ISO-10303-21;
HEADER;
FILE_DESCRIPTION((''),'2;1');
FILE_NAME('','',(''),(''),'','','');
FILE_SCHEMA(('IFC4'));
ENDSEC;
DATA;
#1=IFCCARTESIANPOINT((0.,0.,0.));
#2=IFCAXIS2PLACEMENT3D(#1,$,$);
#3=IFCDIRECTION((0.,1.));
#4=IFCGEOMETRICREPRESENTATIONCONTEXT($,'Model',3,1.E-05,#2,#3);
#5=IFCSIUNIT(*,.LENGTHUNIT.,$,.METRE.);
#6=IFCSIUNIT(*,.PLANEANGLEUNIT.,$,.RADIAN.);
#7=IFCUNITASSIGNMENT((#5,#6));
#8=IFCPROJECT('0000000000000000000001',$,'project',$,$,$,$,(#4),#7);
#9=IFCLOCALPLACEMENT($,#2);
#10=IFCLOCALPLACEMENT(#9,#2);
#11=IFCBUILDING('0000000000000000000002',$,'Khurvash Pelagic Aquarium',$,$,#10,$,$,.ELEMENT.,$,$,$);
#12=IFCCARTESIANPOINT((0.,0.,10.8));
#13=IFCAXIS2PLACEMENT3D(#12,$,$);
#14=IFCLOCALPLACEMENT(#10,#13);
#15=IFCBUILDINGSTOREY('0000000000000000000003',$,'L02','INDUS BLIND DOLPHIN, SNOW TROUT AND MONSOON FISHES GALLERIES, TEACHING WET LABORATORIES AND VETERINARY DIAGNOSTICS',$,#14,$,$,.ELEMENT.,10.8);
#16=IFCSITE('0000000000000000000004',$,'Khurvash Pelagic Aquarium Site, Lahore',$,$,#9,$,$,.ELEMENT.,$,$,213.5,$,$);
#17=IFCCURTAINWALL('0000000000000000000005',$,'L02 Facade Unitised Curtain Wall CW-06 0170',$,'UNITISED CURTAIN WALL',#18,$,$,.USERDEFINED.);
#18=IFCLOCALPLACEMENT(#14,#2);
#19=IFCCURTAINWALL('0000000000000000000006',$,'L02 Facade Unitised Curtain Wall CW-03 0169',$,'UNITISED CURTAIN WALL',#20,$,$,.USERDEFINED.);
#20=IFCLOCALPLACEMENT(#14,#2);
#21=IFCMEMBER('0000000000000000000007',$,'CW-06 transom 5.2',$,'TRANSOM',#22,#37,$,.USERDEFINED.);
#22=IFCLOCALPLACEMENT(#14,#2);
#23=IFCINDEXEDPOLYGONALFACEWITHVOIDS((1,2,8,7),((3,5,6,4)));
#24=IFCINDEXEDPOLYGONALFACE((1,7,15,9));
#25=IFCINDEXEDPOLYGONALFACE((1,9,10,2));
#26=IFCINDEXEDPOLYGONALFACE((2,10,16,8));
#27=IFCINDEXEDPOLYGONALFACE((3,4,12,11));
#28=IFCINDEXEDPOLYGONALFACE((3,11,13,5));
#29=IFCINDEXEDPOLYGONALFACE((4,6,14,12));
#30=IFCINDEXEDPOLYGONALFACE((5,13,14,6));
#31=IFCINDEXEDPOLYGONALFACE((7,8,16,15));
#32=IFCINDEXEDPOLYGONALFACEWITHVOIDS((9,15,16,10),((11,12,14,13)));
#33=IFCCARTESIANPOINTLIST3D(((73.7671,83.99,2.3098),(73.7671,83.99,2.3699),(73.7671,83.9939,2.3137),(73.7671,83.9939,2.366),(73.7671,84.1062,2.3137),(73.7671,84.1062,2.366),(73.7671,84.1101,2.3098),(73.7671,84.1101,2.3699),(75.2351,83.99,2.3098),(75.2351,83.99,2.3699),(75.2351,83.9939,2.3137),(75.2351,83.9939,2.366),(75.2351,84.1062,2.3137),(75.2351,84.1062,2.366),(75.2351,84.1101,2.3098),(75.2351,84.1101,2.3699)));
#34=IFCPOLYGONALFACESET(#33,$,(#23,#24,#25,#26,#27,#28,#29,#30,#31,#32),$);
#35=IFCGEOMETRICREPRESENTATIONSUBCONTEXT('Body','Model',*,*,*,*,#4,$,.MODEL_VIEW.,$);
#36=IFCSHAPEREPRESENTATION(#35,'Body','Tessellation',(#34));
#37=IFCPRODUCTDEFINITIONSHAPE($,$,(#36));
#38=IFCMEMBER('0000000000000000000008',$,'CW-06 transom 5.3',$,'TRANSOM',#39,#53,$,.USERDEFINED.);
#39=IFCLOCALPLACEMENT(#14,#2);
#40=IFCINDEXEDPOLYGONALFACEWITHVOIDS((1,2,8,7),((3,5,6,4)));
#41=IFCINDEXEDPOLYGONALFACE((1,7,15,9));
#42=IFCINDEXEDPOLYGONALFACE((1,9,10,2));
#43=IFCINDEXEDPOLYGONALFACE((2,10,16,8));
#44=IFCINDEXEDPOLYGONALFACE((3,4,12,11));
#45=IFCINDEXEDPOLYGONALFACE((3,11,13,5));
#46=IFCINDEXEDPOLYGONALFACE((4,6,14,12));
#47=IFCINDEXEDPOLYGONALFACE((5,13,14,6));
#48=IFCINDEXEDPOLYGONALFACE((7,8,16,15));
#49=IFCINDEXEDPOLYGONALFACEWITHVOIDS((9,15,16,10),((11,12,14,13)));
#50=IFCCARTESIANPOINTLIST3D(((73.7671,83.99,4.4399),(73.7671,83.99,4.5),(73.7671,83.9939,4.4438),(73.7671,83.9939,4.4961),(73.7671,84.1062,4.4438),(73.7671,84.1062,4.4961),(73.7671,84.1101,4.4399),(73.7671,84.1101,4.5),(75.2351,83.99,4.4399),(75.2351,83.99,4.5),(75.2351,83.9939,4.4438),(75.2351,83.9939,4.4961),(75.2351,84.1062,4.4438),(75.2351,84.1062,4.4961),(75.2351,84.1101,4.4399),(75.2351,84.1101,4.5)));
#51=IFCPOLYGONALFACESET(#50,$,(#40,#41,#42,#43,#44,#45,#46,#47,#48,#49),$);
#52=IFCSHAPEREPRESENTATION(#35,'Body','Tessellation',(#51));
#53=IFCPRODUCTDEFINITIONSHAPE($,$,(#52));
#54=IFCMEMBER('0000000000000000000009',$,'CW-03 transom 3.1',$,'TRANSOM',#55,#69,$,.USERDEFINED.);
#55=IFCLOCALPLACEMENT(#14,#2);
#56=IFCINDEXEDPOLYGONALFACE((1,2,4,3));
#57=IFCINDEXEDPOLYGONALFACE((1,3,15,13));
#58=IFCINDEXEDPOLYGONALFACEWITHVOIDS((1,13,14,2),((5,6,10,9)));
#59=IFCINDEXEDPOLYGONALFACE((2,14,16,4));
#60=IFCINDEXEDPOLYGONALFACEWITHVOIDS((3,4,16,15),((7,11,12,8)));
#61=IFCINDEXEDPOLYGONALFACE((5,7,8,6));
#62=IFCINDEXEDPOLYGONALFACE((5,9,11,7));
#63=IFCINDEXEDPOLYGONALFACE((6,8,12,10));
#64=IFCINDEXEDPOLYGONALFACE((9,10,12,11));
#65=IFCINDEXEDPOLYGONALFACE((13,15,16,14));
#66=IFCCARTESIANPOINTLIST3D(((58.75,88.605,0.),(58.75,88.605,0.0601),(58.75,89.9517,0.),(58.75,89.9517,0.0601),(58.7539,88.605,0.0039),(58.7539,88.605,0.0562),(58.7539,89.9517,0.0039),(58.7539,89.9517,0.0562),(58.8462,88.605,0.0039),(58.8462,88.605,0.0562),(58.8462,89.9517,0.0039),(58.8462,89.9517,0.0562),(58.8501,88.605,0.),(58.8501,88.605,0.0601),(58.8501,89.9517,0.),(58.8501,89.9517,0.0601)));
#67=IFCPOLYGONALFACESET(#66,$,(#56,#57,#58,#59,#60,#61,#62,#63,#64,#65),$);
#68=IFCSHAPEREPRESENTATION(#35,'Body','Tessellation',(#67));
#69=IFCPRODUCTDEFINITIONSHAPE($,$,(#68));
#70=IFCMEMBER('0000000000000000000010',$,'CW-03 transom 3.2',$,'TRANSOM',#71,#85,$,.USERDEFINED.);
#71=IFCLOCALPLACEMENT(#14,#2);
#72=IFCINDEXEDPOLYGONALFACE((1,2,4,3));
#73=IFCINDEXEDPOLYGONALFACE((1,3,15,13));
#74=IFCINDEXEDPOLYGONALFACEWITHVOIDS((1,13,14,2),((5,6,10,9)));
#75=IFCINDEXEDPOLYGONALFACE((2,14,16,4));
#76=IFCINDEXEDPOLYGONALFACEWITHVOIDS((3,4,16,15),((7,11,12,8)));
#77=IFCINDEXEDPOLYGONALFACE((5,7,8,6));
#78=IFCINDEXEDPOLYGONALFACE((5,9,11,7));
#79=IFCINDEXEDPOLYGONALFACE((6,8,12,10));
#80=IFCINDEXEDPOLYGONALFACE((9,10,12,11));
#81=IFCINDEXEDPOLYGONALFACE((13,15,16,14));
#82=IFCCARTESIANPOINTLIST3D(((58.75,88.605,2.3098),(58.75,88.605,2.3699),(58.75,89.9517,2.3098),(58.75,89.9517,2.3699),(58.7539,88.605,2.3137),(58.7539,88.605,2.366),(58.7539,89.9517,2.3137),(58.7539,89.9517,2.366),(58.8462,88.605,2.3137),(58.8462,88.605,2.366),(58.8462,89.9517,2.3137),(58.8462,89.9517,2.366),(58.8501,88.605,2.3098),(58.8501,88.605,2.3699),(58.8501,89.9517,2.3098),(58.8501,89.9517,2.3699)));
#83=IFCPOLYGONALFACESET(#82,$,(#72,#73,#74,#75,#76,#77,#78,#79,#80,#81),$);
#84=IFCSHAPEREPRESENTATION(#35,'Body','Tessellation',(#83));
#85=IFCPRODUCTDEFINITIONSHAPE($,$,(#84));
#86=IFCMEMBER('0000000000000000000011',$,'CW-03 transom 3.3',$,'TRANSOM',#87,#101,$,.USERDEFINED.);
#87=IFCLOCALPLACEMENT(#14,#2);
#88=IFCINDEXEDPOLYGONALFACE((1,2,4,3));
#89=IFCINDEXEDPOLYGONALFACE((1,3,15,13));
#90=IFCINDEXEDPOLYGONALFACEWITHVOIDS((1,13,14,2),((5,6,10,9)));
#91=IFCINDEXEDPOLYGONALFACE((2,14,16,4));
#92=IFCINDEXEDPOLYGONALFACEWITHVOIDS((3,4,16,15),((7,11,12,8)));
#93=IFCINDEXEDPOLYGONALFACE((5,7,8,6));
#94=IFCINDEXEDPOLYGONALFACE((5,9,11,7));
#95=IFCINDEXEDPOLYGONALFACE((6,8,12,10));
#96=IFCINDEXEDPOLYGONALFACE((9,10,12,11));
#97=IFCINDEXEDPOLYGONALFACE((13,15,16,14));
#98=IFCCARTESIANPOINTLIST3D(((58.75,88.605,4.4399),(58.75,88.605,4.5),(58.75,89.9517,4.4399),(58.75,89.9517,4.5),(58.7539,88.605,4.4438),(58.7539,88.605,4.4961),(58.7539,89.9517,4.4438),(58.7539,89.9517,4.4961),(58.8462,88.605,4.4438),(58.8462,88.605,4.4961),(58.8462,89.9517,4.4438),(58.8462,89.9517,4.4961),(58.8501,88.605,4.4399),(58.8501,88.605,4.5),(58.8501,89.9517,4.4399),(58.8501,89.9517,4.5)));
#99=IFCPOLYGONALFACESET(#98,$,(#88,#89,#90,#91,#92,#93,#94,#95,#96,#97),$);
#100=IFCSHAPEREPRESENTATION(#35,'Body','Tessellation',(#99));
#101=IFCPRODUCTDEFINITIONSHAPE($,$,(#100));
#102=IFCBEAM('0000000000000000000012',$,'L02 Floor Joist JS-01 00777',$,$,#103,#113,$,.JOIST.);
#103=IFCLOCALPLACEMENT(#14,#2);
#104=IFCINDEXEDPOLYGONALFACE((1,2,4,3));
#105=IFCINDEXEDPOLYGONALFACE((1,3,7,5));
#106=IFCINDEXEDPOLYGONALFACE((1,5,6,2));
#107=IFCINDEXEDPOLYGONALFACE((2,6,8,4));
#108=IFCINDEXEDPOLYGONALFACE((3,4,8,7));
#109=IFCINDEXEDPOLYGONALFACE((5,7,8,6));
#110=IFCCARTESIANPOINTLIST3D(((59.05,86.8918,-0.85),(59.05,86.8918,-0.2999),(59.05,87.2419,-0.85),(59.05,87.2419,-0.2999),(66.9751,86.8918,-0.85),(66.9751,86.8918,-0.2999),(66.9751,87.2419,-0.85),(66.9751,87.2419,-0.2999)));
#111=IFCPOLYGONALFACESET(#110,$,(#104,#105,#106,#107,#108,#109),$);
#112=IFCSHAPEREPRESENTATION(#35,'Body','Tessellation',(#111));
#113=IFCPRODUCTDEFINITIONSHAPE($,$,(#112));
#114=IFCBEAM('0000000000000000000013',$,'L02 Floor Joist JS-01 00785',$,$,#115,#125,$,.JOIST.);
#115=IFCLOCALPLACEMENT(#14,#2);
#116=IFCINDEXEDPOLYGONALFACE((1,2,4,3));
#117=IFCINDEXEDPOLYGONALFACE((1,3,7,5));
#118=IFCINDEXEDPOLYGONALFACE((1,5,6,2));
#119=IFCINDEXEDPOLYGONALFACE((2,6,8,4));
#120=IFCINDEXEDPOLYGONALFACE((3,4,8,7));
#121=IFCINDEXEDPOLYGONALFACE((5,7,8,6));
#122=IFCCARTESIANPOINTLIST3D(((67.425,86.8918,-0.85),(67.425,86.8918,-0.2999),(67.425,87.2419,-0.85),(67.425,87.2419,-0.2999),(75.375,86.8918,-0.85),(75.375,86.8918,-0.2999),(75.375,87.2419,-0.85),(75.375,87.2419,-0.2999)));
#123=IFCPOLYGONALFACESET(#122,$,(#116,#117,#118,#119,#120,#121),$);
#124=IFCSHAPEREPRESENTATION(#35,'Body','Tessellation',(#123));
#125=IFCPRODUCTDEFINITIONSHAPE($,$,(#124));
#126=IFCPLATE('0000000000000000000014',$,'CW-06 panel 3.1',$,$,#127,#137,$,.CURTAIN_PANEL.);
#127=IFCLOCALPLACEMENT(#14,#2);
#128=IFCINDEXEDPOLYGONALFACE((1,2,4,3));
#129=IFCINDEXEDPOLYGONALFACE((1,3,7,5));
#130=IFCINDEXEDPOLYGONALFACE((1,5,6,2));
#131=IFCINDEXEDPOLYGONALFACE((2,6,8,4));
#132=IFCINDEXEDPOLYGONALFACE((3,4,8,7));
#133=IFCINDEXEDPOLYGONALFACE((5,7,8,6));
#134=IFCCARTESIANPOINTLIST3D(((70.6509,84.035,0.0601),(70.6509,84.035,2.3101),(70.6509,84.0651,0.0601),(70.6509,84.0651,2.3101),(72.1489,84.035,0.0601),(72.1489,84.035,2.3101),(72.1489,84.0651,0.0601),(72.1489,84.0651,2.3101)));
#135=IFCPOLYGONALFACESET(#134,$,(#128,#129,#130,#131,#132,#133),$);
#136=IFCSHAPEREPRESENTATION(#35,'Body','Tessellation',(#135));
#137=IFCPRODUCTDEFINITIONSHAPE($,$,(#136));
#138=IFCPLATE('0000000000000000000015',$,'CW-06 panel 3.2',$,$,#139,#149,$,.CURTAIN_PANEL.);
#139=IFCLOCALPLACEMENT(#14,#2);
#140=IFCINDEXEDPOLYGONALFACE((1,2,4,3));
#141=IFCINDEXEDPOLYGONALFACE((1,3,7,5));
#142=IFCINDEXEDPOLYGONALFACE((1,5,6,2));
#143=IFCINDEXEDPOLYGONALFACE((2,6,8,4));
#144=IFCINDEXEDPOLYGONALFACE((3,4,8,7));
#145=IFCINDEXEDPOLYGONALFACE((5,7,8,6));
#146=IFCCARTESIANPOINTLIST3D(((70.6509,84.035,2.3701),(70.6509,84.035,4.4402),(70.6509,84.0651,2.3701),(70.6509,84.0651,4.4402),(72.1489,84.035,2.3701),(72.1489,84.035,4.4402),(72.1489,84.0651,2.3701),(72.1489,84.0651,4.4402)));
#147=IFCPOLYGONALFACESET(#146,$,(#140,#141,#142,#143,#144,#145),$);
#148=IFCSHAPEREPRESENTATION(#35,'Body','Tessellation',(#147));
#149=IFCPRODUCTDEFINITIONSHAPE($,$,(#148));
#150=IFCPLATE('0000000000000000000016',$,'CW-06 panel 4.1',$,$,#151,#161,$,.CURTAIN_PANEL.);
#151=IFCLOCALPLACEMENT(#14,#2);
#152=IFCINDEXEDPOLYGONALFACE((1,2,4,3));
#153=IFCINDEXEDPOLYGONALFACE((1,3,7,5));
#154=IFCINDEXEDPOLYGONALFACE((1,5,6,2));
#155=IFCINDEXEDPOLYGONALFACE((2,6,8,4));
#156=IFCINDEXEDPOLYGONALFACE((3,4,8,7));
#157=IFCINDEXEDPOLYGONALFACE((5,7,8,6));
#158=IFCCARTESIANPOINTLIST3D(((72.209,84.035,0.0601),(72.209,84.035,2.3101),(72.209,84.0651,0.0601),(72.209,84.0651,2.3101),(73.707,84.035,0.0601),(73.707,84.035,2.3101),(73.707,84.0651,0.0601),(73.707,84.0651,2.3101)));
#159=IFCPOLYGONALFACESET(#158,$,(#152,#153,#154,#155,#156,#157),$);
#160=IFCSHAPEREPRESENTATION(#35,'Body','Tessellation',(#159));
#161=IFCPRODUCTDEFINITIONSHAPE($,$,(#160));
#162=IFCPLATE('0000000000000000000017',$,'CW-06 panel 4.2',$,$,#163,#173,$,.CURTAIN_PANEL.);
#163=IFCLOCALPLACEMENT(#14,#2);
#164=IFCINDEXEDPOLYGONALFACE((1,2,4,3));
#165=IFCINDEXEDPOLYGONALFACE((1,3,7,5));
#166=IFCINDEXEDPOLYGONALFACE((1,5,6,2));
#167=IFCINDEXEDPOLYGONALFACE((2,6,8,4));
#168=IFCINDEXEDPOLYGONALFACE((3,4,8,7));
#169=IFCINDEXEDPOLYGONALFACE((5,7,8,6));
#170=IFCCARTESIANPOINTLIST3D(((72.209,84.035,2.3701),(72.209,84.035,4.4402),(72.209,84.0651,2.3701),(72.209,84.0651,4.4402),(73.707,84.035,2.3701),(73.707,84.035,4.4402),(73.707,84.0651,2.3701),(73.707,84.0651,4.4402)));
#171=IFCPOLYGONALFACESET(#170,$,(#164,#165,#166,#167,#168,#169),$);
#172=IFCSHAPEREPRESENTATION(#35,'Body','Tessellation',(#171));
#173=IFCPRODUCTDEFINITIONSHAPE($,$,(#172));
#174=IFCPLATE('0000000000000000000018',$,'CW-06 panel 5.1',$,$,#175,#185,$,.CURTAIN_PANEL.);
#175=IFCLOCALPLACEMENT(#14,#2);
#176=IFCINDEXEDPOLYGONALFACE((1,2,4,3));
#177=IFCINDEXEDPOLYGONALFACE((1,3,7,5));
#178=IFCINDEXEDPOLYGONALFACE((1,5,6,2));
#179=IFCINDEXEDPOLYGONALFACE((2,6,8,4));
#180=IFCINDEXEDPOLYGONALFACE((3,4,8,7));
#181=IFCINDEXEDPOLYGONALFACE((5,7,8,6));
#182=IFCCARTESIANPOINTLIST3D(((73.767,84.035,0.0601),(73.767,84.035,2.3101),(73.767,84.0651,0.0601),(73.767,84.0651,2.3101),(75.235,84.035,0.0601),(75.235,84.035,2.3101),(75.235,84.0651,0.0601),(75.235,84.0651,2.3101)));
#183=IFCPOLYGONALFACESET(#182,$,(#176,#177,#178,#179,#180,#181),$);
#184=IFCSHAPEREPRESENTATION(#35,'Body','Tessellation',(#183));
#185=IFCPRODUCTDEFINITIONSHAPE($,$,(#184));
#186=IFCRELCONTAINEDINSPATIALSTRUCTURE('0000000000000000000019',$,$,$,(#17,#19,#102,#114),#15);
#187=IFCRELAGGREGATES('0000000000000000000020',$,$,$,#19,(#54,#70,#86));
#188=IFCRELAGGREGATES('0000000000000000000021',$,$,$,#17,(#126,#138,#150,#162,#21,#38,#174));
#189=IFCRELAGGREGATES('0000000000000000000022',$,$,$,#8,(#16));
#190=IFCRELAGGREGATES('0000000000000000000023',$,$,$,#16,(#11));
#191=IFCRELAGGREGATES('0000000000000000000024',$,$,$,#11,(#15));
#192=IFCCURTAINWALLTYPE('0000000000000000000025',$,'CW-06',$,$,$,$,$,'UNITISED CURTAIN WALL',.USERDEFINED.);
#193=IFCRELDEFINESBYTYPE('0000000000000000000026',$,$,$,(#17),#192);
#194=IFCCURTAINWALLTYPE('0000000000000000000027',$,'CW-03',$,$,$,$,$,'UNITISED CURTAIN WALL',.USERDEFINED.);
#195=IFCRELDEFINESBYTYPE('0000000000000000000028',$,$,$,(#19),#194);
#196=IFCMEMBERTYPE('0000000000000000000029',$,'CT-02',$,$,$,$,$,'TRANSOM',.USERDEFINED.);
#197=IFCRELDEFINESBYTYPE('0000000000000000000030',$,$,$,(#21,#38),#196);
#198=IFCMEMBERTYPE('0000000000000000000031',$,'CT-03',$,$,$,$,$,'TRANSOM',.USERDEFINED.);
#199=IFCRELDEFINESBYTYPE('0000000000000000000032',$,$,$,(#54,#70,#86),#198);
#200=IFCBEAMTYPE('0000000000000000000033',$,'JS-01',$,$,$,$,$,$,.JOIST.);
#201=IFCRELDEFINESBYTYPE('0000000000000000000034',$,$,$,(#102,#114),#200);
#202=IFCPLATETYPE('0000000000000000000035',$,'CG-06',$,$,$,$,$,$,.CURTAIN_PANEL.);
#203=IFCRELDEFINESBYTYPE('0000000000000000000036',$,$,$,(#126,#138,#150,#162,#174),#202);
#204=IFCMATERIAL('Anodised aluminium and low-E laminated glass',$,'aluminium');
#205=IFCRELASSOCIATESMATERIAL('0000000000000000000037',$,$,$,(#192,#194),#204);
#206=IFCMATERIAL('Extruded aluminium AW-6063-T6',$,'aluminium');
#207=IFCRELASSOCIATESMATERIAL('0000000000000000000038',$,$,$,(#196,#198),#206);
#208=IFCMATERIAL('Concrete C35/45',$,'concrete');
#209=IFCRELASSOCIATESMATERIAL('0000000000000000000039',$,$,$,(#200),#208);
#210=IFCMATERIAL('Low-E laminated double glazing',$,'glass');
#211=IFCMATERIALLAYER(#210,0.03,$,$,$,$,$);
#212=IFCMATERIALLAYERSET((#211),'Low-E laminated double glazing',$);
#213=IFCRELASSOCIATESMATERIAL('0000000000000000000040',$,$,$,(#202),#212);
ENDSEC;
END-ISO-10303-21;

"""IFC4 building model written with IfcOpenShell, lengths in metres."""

from ifc_helpers import new_model, si_unit, direction, frame, origin, origin_2d, place, context, subcontext, project, spatial, rectangle, hollow_rectangle, extrude, material, layer, layer_set, material_profile, profile_set, type_object, element, aggregate, save


model = new_model("IFC4")

# Units and contexts
model_context = context("Model", 3, precision=1e-05, world=origin(), true_north=direction((0.0, 1.0)))
body_context = subcontext(model_context, "Body", "Model", "MODEL_VIEW")
ifc_project = project(units=[si_unit("LENGTHUNIT", "METRE"), si_unit("PLANEANGLEUNIT", "RADIAN")], contexts=[model_context])

# Site, building, storey
site_placement = place(None, origin())
site = spatial("IfcSite", under=ifc_project, at=site_placement, Name="Khurvash Pelagic Aquarium Site, Lahore", CompositionType="ELEMENT", RefElevation=213.5)
building_placement = place(site_placement, origin())
building = spatial("IfcBuilding", under=site, at=building_placement, Name="Khurvash Pelagic Aquarium", CompositionType="ELEMENT")
storey_placement = place(building_placement, frame((0.0, 0.0, 10.8)))
storey = spatial("IfcBuildingStorey", under=building, at=storey_placement, Name="L02", Description="INDUS BLIND DOLPHIN, SNOW TROUT AND MONSOON FISHES GALLERIES, TEACHING WET LABORATORIES AND VETERINARY DIAGNOSTICS", CompositionType="ELEMENT", Elevation=10.8)

# Shared definitions
ifc_material_1 = material(Name="Concrete C35/45", Category="concrete")

# Curtain wall
ifc_material_2 = material(Name="Anodised aluminium and low-E laminated glass", Category="aluminium")
curtain_wall_type_1 = type_object("IfcCurtainWallType", Name="CW-06", ElementType="UNITISED CURTAIN WALL", PredefinedType="USERDEFINED", material=ifc_material_2)
curtain_wall_1_placement = place(storey_placement, origin())
curtain_wall_1 = element("IfcCurtainWall", 1, at=curtain_wall_1_placement, inside=storey, type_object=curtain_wall_type_1, Name="L02 Facade Unitised Curtain Wall CW-06 0170", ObjectType="UNITISED CURTAIN WALL", PredefinedType="USERDEFINED")
ifc_material_3 = material(Name="Extruded aluminium AW-6063-T6", Category="aluminium")

# Curtain wall
curtain_wall_type_2 = type_object("IfcCurtainWallType", Name="CW-03", ElementType="UNITISED CURTAIN WALL", PredefinedType="USERDEFINED", material=ifc_material_2)
curtain_wall_2_placement = place(storey_placement, origin())
curtain_wall_2 = element("IfcCurtainWall", 2, at=curtain_wall_2_placement, inside=storey, type_object=curtain_wall_type_2, Name="L02 Facade Unitised Curtain Wall CW-03 0169", ObjectType="UNITISED CURTAIN WALL", PredefinedType="USERDEFINED")

# Members
ifc_material_profile_1 = material_profile(ifc_material_3, hollow_rectangle(XDim=0.1201, YDim=0.0601, WallThickness=0.0039, at=origin_2d()), Name="CWT120X60X4")
ifc_profile_set_1 = profile_set([ifc_material_profile_1], Name="Extruded aluminium AW-6063-T6")
member_type_1 = type_object("IfcMemberType", Name="CT-02", ElementType="TRANSOM", PredefinedType="USERDEFINED", material=ifc_profile_set_1)
member_1_placement = place(storey_placement, frame((73.7671, 84.05, 2.3398), z_axis=(1.0, 0.0, 0.0), x_axis=(0.0, 1.0, 0.0)))
member_1 = element("IfcMember", 3, at=member_1_placement, type_object=member_type_1, Name="CW-06 transom 5.2", ObjectType="TRANSOM", PredefinedType="USERDEFINED", context=body_context, shape_type="SweptSolid", body=[
    extrude(hollow_rectangle(XDim=0.1201, YDim=0.0601, WallThickness=0.0039, at=origin_2d()), origin(), (0.0, 0.0, 1.0), 1.468),
])
member_2_placement = place(storey_placement, frame((73.7671, 84.05, 4.47), z_axis=(1.0, 0.0, 0.0), x_axis=(0.0, 1.0, 0.0)))
member_2 = element("IfcMember", 4, at=member_2_placement, type_object=member_type_1, Name="CW-06 transom 5.3", ObjectType="TRANSOM", PredefinedType="USERDEFINED", context=body_context, shape_type="SweptSolid", body=[
    extrude(hollow_rectangle(XDim=0.1201, YDim=0.0601, WallThickness=0.0039, at=origin_2d()), origin(), (0.0, 0.0, 1.0), 1.468),
])
ifc_material_profile_2 = material_profile(ifc_material_3, hollow_rectangle(XDim=0.1001, YDim=0.0601, WallThickness=0.0039, at=origin_2d()), Name="CWT100X60X4")
ifc_profile_set_2 = profile_set([ifc_material_profile_2], Name="Extruded aluminium AW-6063-T6")
member_type_2 = type_object("IfcMemberType", Name="CT-03", ElementType="TRANSOM", PredefinedType="USERDEFINED", material=ifc_profile_set_2)
member_3_placement = place(storey_placement, frame((58.8, 89.9517, 0.03), z_axis=(0.0, -1.0, 0.0), x_axis=(1.0, 0.0, 0.0)))
member_3 = element("IfcMember", 5, at=member_3_placement, type_object=member_type_2, Name="CW-03 transom 3.1", ObjectType="TRANSOM", PredefinedType="USERDEFINED", context=body_context, shape_type="SweptSolid", body=[
    extrude(hollow_rectangle(XDim=0.1001, YDim=0.0601, WallThickness=0.0039, at=origin_2d()), origin(), (0.0, 0.0, 1.0), 1.3467),
])
member_4_placement = place(storey_placement, frame((58.8, 89.9517, 2.3398), z_axis=(0.0, -1.0, 0.0), x_axis=(1.0, 0.0, 0.0)))
member_4 = element("IfcMember", 6, at=member_4_placement, type_object=member_type_2, Name="CW-03 transom 3.2", ObjectType="TRANSOM", PredefinedType="USERDEFINED", context=body_context, shape_type="SweptSolid", body=[
    extrude(hollow_rectangle(XDim=0.1001, YDim=0.0601, WallThickness=0.0039, at=origin_2d()), origin(), (0.0, 0.0, 1.0), 1.3467),
])
member_5_placement = place(storey_placement, frame((58.8, 89.9517, 4.47), z_axis=(0.0, -1.0, 0.0), x_axis=(1.0, 0.0, 0.0)))
member_5 = element("IfcMember", 7, at=member_5_placement, type_object=member_type_2, Name="CW-03 transom 3.3", ObjectType="TRANSOM", PredefinedType="USERDEFINED", context=body_context, shape_type="SweptSolid", body=[
    extrude(hollow_rectangle(XDim=0.1001, YDim=0.0601, WallThickness=0.0039, at=origin_2d()), origin(), (0.0, 0.0, 1.0), 1.3467),
])
aggregate(curtain_wall_2, [member_3, member_4, member_5])

# Beams
ifc_material_profile_3 = material_profile(ifc_material_1, rectangle(XDim=0.3501, YDim=0.55, at=origin_2d()), Name="RC350X550")
ifc_profile_set_3 = profile_set([ifc_material_profile_3], Name="Concrete C35/45")
beam_type_1 = type_object("IfcBeamType", Name="JS-01", PredefinedType="JOIST", material=ifc_profile_set_3)
beam_1_placement = place(storey_placement, frame((59.05, 87.0669, -0.575), z_axis=(1.0, 0.0, 0.0), x_axis=(0.0, 1.0, 0.0)))
element("IfcBeam", 8, at=beam_1_placement, inside=storey, type_object=beam_type_1, Name="L02 Floor Joist JS-01 00777", PredefinedType="JOIST", context=body_context, shape_type="SweptSolid", body=[
    extrude(rectangle(XDim=0.3501, YDim=0.55, at=origin_2d()), origin(), (0.0, 0.0, 1.0), 7.925),
])
beam_2_placement = place(storey_placement, frame((67.425, 87.0669, -0.575), z_axis=(1.0, 0.0, 0.0), x_axis=(0.0, 1.0, 0.0)))
element("IfcBeam", 9, at=beam_2_placement, inside=storey, type_object=beam_type_1, Name="L02 Floor Joist JS-01 00785", PredefinedType="JOIST", context=body_context, shape_type="SweptSolid", body=[
    extrude(rectangle(XDim=0.3501, YDim=0.55, at=origin_2d()), origin(), (0.0, 0.0, 1.0), 7.95),
])

# Plates
ifc_material_4 = material(Name="Low-E laminated double glazing", Category="glass")
ifc_layer_1 = layer(ifc_material_4, 0.03)
ifc_layer_set_1 = layer_set([ifc_layer_1], Name="Low-E laminated double glazing")
plate_type = type_object("IfcPlateType", Name="CG-06", PredefinedType="CURTAIN_PANEL", material=ifc_layer_set_1)
plate_1_placement = place(storey_placement, frame((71.3999, 84.05, 0.0601), z_axis=(0.0, 0.0, 1.0), x_axis=(1.0, 0.0, 0.0)))
plate_1 = element("IfcPlate", 10, at=plate_1_placement, type_object=plate_type, Name="CW-06 panel 3.1", PredefinedType="CURTAIN_PANEL", context=body_context, shape_type="SweptSolid", body=[
    extrude(rectangle(XDim=1.498, YDim=0.03, at=origin_2d()), origin(), (0.0, 0.0, 1.0), 2.25),
])
plate_2_placement = place(storey_placement, frame((71.3999, 84.05, 2.3701), z_axis=(0.0, 0.0, 1.0), x_axis=(1.0, 0.0, 0.0)))
plate_2 = element("IfcPlate", 11, at=plate_2_placement, type_object=plate_type, Name="CW-06 panel 3.2", PredefinedType="CURTAIN_PANEL", context=body_context, shape_type="SweptSolid", body=[
    extrude(rectangle(XDim=1.498, YDim=0.03, at=origin_2d()), origin(), (0.0, 0.0, 1.0), 2.0701),
])
plate_3_placement = place(storey_placement, frame((72.958, 84.05, 0.0601), z_axis=(0.0, 0.0, 1.0), x_axis=(1.0, 0.0, 0.0)))
plate_3 = element("IfcPlate", 12, at=plate_3_placement, type_object=plate_type, Name="CW-06 panel 4.1", PredefinedType="CURTAIN_PANEL", context=body_context, shape_type="SweptSolid", body=[
    extrude(rectangle(XDim=1.498, YDim=0.03, at=origin_2d()), origin(), (0.0, 0.0, 1.0), 2.25),
])
plate_4_placement = place(storey_placement, frame((72.958, 84.05, 2.3701), z_axis=(0.0, 0.0, 1.0), x_axis=(1.0, 0.0, 0.0)))
plate_4 = element("IfcPlate", 13, at=plate_4_placement, type_object=plate_type, Name="CW-06 panel 4.2", PredefinedType="CURTAIN_PANEL", context=body_context, shape_type="SweptSolid", body=[
    extrude(rectangle(XDim=1.498, YDim=0.03, at=origin_2d()), origin(), (0.0, 0.0, 1.0), 2.0701),
])
plate_5_placement = place(storey_placement, frame((74.501, 84.05, 0.0601), z_axis=(0.0, 0.0, 1.0), x_axis=(1.0, 0.0, 0.0)))
plate_5 = element("IfcPlate", 14, at=plate_5_placement, type_object=plate_type, Name="CW-06 panel 5.1", PredefinedType="CURTAIN_PANEL", context=body_context, shape_type="SweptSolid", body=[
    extrude(rectangle(XDim=1.468, YDim=0.03, at=origin_2d()), origin(), (0.0, 0.0, 1.0), 2.25),
])
aggregate(curtain_wall_1, [plate_1, plate_2, plate_3, plate_4, member_1, member_2, plate_5])

save(model, "model.ifc")
